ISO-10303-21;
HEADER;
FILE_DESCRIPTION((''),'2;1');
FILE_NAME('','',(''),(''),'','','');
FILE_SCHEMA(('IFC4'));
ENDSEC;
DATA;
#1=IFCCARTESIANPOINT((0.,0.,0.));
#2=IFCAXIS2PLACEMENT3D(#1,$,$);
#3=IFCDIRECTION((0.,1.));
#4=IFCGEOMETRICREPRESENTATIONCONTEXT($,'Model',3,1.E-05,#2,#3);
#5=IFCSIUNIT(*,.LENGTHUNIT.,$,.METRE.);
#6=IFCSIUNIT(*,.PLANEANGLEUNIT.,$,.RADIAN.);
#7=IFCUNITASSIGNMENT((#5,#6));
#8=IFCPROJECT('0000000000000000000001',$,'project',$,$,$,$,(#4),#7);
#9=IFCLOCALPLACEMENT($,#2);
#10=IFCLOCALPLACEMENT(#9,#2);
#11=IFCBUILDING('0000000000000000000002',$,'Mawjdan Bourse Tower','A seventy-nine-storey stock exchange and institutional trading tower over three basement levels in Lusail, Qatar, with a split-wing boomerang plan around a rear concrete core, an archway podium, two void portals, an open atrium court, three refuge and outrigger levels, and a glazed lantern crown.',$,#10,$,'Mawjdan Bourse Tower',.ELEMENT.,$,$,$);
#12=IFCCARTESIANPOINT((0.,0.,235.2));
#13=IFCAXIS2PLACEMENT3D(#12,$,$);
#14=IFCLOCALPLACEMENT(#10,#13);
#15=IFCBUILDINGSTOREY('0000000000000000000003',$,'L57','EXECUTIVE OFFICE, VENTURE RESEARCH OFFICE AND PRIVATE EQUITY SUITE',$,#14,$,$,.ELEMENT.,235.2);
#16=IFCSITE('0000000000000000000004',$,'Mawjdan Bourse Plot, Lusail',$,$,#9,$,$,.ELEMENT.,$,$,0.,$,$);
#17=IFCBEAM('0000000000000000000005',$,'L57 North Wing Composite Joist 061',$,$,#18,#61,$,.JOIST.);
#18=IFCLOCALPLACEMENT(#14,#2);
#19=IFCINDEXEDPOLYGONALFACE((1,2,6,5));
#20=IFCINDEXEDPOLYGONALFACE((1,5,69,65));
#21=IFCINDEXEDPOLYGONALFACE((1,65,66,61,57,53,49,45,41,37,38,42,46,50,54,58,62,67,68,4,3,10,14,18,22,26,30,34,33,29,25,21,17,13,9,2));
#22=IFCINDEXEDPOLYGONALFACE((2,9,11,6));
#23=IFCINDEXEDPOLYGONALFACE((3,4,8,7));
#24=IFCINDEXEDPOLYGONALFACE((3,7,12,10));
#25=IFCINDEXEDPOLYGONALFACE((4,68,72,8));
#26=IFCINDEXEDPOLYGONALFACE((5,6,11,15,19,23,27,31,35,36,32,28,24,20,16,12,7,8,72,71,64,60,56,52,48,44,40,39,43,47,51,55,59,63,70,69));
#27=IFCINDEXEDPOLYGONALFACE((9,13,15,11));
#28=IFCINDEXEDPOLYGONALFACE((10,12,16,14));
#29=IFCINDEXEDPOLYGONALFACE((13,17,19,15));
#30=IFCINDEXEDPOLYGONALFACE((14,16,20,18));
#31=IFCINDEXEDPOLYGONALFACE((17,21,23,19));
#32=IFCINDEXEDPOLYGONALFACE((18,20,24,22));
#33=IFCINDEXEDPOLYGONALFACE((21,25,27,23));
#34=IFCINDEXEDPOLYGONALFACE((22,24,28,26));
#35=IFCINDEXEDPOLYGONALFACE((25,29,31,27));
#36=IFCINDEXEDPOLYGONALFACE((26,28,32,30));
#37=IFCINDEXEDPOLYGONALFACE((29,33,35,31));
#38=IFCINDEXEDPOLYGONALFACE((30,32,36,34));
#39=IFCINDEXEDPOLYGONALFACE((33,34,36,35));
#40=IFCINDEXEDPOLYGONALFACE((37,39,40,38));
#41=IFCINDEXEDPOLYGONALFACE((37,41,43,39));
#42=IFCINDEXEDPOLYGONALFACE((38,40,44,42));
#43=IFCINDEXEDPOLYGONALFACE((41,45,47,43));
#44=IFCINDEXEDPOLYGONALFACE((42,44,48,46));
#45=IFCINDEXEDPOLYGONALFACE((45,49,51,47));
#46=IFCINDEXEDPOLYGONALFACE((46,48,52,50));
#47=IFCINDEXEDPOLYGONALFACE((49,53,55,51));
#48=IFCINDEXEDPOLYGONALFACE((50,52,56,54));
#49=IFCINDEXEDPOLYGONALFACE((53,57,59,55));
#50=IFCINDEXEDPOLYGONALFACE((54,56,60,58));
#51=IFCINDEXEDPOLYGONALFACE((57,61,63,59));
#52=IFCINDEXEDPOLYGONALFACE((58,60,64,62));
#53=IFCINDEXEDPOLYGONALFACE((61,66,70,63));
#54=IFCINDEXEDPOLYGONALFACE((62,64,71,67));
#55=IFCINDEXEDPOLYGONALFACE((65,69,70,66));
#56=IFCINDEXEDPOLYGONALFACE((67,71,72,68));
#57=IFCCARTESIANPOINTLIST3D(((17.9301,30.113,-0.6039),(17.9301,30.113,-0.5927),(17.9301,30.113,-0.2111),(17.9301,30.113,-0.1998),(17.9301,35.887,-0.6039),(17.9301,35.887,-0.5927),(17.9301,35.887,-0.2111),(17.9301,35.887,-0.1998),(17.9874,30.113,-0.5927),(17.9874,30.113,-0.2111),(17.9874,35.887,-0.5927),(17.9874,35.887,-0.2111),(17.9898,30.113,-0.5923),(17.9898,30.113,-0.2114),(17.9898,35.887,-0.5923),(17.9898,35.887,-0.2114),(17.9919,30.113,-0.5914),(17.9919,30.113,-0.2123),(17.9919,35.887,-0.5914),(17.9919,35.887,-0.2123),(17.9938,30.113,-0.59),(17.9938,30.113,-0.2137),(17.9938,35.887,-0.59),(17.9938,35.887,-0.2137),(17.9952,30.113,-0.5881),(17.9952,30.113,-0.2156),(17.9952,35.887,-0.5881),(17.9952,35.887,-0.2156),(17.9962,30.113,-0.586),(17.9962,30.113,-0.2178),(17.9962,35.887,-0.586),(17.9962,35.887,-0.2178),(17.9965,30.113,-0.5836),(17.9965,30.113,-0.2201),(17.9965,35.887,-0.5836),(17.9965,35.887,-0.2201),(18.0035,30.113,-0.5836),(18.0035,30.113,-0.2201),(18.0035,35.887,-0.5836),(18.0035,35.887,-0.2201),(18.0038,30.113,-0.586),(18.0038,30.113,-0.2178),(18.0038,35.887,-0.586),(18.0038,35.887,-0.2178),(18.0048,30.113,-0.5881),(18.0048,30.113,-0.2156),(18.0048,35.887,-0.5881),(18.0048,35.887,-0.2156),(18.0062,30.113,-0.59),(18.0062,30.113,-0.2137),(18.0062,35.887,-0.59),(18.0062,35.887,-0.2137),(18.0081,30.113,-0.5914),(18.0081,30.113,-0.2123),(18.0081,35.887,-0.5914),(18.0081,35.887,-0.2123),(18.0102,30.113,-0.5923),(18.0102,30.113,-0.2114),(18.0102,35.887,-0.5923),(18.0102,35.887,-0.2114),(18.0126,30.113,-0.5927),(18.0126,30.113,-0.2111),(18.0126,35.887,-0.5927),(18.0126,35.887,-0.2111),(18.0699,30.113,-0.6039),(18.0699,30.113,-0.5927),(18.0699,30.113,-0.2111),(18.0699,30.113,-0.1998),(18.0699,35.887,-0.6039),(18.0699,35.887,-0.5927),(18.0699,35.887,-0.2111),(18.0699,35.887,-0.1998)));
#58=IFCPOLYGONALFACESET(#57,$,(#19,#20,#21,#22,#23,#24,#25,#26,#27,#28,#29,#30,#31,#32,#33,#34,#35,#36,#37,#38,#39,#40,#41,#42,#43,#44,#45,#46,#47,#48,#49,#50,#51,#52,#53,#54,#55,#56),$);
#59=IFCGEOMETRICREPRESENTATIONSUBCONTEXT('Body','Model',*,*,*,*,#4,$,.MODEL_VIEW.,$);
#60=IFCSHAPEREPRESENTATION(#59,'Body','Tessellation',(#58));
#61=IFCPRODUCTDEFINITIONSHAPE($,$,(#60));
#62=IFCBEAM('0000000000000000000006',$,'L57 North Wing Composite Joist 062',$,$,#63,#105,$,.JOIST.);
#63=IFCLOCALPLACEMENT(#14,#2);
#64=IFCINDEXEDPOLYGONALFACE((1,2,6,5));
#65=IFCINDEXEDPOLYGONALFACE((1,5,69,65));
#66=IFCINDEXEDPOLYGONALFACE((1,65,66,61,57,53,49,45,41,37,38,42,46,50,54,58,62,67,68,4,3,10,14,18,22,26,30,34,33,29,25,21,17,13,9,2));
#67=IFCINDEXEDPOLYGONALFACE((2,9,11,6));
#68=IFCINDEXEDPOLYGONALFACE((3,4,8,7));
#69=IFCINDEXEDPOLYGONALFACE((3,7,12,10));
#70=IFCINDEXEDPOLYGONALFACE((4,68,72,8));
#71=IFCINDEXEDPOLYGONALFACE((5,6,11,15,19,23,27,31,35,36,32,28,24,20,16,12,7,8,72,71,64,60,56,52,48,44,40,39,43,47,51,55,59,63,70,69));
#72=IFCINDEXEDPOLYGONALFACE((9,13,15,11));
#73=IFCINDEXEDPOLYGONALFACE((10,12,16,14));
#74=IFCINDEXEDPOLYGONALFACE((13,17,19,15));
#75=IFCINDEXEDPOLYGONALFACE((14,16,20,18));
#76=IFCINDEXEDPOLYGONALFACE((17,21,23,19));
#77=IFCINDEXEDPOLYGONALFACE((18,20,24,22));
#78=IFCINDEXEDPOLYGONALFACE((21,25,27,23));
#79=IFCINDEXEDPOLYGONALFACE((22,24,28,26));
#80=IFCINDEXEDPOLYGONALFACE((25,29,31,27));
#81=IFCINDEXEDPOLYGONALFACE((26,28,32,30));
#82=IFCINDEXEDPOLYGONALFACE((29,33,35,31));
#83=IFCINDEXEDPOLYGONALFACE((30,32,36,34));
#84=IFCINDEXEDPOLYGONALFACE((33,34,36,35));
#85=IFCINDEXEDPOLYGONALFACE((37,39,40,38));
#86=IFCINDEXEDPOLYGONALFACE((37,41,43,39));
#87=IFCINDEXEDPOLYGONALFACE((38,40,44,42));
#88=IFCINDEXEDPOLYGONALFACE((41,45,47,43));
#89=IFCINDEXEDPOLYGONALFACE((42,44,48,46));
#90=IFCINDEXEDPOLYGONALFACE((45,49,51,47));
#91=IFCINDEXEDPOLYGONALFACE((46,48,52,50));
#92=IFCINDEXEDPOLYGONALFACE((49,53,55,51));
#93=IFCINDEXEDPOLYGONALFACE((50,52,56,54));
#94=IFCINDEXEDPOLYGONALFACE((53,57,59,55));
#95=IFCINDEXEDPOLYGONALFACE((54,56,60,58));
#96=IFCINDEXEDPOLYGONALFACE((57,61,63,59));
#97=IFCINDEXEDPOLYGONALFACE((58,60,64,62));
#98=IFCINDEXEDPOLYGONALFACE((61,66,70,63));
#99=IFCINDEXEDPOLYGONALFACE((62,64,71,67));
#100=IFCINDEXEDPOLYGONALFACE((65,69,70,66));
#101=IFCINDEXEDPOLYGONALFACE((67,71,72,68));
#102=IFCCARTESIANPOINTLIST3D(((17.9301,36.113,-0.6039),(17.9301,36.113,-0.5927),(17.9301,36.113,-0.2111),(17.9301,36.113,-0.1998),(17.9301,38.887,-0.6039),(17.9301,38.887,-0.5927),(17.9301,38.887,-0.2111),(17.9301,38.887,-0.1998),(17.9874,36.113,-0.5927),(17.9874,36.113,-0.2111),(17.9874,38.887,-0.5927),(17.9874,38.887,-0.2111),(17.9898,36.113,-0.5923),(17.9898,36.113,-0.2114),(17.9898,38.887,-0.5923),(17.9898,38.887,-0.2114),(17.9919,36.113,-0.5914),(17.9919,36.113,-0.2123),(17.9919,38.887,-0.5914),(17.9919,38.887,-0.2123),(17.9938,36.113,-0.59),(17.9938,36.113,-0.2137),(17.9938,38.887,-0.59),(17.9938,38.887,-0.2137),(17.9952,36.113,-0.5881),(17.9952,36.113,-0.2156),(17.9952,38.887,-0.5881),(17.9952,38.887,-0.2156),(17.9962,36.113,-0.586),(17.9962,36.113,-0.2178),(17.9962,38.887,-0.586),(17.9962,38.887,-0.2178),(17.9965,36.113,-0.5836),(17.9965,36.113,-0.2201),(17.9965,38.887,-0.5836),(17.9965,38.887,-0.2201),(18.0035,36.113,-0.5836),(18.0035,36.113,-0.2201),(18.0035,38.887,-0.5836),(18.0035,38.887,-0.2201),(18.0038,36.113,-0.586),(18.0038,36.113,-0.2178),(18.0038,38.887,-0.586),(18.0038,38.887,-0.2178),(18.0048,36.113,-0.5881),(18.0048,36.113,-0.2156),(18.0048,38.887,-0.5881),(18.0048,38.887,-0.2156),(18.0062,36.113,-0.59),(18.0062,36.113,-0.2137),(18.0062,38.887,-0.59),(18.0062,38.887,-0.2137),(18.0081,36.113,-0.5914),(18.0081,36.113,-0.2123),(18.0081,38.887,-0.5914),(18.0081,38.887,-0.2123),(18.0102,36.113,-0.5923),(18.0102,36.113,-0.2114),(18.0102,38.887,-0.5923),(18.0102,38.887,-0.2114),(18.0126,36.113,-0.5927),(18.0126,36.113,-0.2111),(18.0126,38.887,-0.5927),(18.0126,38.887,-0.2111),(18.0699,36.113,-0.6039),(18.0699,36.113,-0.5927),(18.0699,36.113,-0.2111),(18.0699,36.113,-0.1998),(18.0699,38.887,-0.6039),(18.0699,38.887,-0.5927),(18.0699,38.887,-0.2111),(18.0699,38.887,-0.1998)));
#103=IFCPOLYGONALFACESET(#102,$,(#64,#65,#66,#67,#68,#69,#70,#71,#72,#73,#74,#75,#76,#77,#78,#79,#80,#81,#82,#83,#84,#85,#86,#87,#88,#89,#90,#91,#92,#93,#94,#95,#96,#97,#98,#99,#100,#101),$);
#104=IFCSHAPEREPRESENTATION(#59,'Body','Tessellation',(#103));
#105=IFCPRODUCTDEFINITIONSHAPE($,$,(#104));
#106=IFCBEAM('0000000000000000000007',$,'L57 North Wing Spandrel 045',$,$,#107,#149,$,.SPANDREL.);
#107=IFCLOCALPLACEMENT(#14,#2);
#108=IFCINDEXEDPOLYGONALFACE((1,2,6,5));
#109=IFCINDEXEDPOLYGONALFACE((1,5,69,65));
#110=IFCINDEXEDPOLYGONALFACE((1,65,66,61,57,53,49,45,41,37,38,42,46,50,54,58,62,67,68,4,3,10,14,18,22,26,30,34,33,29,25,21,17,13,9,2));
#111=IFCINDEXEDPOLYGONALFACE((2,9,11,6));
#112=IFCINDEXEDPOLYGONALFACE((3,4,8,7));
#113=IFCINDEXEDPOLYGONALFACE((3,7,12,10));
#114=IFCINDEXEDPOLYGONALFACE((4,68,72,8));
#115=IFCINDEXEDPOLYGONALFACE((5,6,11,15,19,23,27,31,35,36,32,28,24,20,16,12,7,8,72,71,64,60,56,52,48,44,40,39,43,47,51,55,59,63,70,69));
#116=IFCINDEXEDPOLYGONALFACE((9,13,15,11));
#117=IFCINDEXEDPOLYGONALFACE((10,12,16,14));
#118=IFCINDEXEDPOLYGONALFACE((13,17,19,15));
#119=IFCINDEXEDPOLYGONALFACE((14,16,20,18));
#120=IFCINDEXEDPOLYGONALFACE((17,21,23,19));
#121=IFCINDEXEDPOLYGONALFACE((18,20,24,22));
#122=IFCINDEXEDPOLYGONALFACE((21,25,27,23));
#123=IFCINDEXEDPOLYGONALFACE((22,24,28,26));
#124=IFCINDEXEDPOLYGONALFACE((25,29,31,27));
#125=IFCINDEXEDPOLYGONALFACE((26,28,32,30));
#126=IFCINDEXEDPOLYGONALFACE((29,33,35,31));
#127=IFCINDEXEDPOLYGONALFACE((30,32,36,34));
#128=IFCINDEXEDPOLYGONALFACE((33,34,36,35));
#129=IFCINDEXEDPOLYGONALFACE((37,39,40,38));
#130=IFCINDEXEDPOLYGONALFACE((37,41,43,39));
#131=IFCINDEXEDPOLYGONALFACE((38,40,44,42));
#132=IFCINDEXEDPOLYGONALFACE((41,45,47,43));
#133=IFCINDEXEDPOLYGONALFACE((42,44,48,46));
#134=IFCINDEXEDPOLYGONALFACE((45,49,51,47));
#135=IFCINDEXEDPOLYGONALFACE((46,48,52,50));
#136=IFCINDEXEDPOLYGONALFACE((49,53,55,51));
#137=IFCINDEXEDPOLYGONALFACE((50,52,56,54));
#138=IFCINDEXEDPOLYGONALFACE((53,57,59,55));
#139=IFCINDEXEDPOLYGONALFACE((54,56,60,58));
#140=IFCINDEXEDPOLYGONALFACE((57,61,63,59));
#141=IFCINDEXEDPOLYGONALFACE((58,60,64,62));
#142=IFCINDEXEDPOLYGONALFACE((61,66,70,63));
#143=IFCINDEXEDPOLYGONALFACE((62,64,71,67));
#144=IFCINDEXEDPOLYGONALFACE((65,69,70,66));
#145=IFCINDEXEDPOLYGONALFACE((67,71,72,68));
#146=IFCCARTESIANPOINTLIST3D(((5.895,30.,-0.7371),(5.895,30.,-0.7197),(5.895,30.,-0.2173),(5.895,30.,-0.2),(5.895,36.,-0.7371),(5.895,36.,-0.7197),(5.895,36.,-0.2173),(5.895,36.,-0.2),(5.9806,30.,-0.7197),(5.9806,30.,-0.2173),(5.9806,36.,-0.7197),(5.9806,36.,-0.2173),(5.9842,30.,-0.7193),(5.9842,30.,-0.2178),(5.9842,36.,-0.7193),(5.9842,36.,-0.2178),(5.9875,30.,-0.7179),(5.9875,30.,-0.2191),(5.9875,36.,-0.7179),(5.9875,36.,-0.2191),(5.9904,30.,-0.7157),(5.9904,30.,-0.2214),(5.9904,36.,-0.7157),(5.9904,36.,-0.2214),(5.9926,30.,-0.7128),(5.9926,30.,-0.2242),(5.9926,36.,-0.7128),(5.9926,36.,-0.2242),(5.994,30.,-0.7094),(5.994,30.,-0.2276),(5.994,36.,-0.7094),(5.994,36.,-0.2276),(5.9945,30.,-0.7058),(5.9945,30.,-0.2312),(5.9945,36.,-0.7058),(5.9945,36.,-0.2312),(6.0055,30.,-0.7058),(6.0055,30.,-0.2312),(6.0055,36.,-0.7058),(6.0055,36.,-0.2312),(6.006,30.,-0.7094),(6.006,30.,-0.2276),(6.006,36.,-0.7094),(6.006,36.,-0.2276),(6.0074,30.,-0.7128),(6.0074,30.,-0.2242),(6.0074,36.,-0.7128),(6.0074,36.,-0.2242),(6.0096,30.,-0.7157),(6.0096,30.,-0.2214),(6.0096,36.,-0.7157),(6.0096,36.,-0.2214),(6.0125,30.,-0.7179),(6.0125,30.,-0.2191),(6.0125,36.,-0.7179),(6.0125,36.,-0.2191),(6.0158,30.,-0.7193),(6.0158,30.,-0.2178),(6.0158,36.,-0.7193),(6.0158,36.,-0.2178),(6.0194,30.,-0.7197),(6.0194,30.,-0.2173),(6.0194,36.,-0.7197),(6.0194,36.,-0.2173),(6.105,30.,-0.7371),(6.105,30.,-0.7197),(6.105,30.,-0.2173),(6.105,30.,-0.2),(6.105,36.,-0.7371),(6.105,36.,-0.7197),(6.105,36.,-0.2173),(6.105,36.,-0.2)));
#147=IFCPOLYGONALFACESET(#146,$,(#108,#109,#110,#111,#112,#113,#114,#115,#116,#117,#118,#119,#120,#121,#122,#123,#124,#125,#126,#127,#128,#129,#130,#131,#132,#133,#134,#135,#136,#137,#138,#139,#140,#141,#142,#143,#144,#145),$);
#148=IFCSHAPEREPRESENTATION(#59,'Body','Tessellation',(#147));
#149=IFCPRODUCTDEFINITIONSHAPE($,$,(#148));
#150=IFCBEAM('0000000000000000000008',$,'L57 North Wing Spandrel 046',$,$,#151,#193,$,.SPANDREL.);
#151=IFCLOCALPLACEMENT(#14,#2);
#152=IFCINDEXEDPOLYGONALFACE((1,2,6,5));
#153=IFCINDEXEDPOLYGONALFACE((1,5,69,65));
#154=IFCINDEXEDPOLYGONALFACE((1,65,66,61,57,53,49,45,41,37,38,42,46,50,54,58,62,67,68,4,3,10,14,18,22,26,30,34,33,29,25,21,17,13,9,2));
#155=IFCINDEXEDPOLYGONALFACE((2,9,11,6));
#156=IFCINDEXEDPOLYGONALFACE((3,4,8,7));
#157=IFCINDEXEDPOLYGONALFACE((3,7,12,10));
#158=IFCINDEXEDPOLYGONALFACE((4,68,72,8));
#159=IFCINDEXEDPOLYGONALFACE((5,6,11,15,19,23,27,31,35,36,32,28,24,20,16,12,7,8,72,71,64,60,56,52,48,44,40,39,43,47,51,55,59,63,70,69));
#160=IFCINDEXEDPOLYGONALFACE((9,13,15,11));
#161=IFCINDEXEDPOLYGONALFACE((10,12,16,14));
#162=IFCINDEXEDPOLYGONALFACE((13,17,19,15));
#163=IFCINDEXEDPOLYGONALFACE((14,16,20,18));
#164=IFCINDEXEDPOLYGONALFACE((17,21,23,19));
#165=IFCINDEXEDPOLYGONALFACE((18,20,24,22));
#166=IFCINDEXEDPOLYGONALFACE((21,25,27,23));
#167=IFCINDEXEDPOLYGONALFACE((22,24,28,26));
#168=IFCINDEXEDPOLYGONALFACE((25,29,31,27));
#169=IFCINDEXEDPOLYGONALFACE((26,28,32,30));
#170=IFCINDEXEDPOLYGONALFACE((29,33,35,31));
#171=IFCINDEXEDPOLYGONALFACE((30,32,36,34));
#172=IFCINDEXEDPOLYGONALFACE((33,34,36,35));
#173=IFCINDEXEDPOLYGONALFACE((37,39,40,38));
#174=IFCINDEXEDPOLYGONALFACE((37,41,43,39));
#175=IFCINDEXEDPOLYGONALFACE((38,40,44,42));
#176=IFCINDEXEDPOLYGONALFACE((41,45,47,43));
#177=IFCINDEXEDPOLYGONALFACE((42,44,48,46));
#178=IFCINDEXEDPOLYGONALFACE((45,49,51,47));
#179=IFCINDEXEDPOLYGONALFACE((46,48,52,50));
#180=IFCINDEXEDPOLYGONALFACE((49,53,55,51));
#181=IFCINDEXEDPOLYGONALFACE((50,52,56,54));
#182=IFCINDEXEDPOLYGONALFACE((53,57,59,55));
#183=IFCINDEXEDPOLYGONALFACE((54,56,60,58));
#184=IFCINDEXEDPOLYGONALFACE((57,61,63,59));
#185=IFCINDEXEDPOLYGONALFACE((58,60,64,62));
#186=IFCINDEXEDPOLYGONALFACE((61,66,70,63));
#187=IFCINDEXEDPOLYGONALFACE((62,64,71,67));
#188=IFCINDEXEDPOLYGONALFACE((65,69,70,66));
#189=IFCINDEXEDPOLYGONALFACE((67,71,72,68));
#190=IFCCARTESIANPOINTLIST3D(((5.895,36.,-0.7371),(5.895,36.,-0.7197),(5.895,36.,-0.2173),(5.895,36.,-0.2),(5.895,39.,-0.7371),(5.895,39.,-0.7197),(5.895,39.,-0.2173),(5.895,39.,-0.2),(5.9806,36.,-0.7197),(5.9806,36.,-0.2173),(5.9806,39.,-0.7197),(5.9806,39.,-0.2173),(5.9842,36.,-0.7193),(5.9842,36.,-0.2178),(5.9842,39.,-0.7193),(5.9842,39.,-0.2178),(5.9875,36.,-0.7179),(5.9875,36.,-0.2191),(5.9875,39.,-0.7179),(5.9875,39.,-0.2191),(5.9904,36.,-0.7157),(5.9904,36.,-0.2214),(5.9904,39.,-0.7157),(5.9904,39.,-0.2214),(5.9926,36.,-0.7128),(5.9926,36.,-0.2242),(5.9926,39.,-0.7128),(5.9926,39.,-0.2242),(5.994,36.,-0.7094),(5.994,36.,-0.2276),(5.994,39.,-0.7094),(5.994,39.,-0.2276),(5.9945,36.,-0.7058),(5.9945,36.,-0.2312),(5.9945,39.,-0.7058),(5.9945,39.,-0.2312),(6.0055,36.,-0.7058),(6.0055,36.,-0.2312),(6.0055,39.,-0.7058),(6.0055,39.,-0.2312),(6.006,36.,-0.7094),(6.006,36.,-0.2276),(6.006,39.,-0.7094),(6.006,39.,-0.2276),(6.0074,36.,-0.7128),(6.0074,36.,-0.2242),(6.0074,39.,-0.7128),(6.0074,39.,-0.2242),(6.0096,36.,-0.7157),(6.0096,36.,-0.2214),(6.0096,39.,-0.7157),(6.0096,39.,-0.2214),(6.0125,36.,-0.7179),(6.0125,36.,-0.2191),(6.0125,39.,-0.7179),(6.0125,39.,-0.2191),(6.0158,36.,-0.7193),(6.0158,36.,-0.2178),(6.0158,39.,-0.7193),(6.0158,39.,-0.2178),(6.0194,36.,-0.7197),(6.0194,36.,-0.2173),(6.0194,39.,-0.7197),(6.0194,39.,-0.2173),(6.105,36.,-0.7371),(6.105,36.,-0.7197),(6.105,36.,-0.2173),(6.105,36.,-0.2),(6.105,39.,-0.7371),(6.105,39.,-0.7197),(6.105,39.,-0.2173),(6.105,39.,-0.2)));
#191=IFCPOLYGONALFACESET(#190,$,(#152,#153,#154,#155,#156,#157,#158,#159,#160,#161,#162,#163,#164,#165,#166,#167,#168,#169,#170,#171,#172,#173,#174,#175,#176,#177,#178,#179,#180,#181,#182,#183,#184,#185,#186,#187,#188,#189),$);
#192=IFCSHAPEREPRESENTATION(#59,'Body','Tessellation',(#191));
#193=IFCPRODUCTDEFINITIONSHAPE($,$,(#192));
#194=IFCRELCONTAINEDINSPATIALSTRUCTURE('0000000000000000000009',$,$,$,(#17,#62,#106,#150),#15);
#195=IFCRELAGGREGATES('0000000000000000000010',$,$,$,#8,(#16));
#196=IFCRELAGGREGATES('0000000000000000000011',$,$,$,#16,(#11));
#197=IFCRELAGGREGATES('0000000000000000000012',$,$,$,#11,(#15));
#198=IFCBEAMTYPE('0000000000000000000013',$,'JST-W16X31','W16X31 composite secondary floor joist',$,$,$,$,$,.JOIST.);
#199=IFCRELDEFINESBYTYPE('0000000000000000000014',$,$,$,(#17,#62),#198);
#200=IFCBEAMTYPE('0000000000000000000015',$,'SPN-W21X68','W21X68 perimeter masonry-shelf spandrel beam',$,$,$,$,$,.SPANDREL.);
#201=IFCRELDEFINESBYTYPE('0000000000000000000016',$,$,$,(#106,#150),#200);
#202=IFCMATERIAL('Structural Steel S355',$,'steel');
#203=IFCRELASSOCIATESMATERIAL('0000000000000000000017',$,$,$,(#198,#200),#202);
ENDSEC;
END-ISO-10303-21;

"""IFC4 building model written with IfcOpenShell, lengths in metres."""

from ifc_helpers import new_model, si_unit, direction, frame, origin, origin_2d, place, context, subcontext, project, spatial, i_section, extrude, material, material_profile, profile_set, type_object, element, save


model = new_model("IFC4")

# Units and contexts
model_context = context("Model", 3, precision=1e-05, world=origin(), true_north=direction((0.0, 1.0)))
body_context = subcontext(model_context, "Body", "Model", "MODEL_VIEW")
ifc_project = project(units=[si_unit("LENGTHUNIT", "METRE"), si_unit("PLANEANGLEUNIT", "RADIAN")], contexts=[model_context])

# Site, building, storey
site_placement = place(None, origin())
site = spatial("IfcSite", under=ifc_project, at=site_placement, Name="Mawjdan Bourse Plot, Lusail", CompositionType="ELEMENT", RefElevation=0.0)
building_placement = place(site_placement, origin())
building = spatial("IfcBuilding", under=site, at=building_placement, Name="Mawjdan Bourse Tower", Description="A seventy-nine-storey stock exchange and institutional trading tower over three basement levels in Lusail, Qatar, with a split-wing boomerang plan around a rear concrete core, an archway podium, two void portals, an open atrium court, three refuge and outrigger levels, and a glazed lantern crown.", LongName="Mawjdan Bourse Tower", CompositionType="ELEMENT")
storey_placement = place(building_placement, frame((0.0, 0.0, 235.2)))
storey = spatial("IfcBuildingStorey", under=building, at=storey_placement, Name="L57", Description="EXECUTIVE OFFICE, VENTURE RESEARCH OFFICE AND PRIVATE EQUITY SUITE", CompositionType="ELEMENT", Elevation=235.2)

# Beams
ifc_material_1 = material(Name="Structural Steel S355", Category="steel")
ifc_material_profile_1 = material_profile(ifc_material_1, i_section(OverallWidth=0.1399, OverallDepth=0.4041, WebThickness=0.0071, FlangeThickness=0.0112, FilletRadius=0.009, at=origin_2d()), Name="W16X31")
ifc_profile_set_1 = profile_set([ifc_material_profile_1], Name="Structural Steel S355")
beam_type_1 = type_object("IfcBeamType", Name="JST-W16X31", Description="W16X31 composite secondary floor joist", PredefinedType="JOIST", material=ifc_profile_set_1)
beam_1_placement = place(storey_placement, frame((18.0, 30.113, -0.4019), z_axis=(0.0, 1.0, 0.0), x_axis=(-1.0, 0.0, 0.0)))
element("IfcBeam", 1, at=beam_1_placement, inside=storey, type_object=beam_type_1, Name="L57 North Wing Composite Joist 061", PredefinedType="JOIST", context=body_context, shape_type="SweptSolid", body=[
    extrude(i_section(OverallWidth=0.1399, OverallDepth=0.4041, WebThickness=0.0071, FlangeThickness=0.0112, FilletRadius=0.009, at=origin_2d()), origin(), (0.0, 0.0, 1.0), 5.7739),
])
beam_2_placement = place(storey_placement, frame((18.0, 36.113, -0.4019), z_axis=(0.0, 1.0, 0.0), x_axis=(-1.0, 0.0, 0.0)))
element("IfcBeam", 2, at=beam_2_placement, inside=storey, type_object=beam_type_1, Name="L57 North Wing Composite Joist 062", PredefinedType="JOIST", context=body_context, shape_type="SweptSolid", body=[
    extrude(i_section(OverallWidth=0.1399, OverallDepth=0.4041, WebThickness=0.0071, FlangeThickness=0.0112, FilletRadius=0.009, at=origin_2d()), origin(), (0.0, 0.0, 1.0), 2.7739),
])
ifc_material_profile_2 = material_profile(ifc_material_1, i_section(OverallWidth=0.21, OverallDepth=0.5371, WebThickness=0.011, FlangeThickness=0.0173, FilletRadius=0.0139, at=origin_2d()), Name="W21X68")
ifc_profile_set_2 = profile_set([ifc_material_profile_2], Name="Structural Steel S355")
beam_type_2 = type_object("IfcBeamType", Name="SPN-W21X68", Description="W21X68 perimeter masonry-shelf spandrel beam", PredefinedType="SPANDREL", material=ifc_profile_set_2)
beam_3_placement = place(storey_placement, frame((6.0, 30.0, -0.4685), z_axis=(0.0, 1.0, 0.0), x_axis=(-1.0, 0.0, 0.0)))
element("IfcBeam", 3, at=beam_3_placement, inside=storey, type_object=beam_type_2, Name="L57 North Wing Spandrel 045", PredefinedType="SPANDREL", context=body_context, shape_type="SweptSolid", body=[
    extrude(i_section(OverallWidth=0.21, OverallDepth=0.5371, WebThickness=0.011, FlangeThickness=0.0173, FilletRadius=0.0139, at=origin_2d()), origin(), (0.0, 0.0, 1.0), 6.0),
])
beam_4_placement = place(storey_placement, frame((6.0, 36.0, -0.4685), z_axis=(0.0, 1.0, 0.0), x_axis=(-1.0, 0.0, 0.0)))
element("IfcBeam", 4, at=beam_4_placement, inside=storey, type_object=beam_type_2, Name="L57 North Wing Spandrel 046", PredefinedType="SPANDREL", context=body_context, shape_type="SweptSolid", body=[
    extrude(i_section(OverallWidth=0.21, OverallDepth=0.5371, WebThickness=0.011, FlangeThickness=0.0173, FilletRadius=0.0139, at=origin_2d()), origin(), (0.0, 0.0, 1.0), 3.0),
])

save(model, "model.ifc")
